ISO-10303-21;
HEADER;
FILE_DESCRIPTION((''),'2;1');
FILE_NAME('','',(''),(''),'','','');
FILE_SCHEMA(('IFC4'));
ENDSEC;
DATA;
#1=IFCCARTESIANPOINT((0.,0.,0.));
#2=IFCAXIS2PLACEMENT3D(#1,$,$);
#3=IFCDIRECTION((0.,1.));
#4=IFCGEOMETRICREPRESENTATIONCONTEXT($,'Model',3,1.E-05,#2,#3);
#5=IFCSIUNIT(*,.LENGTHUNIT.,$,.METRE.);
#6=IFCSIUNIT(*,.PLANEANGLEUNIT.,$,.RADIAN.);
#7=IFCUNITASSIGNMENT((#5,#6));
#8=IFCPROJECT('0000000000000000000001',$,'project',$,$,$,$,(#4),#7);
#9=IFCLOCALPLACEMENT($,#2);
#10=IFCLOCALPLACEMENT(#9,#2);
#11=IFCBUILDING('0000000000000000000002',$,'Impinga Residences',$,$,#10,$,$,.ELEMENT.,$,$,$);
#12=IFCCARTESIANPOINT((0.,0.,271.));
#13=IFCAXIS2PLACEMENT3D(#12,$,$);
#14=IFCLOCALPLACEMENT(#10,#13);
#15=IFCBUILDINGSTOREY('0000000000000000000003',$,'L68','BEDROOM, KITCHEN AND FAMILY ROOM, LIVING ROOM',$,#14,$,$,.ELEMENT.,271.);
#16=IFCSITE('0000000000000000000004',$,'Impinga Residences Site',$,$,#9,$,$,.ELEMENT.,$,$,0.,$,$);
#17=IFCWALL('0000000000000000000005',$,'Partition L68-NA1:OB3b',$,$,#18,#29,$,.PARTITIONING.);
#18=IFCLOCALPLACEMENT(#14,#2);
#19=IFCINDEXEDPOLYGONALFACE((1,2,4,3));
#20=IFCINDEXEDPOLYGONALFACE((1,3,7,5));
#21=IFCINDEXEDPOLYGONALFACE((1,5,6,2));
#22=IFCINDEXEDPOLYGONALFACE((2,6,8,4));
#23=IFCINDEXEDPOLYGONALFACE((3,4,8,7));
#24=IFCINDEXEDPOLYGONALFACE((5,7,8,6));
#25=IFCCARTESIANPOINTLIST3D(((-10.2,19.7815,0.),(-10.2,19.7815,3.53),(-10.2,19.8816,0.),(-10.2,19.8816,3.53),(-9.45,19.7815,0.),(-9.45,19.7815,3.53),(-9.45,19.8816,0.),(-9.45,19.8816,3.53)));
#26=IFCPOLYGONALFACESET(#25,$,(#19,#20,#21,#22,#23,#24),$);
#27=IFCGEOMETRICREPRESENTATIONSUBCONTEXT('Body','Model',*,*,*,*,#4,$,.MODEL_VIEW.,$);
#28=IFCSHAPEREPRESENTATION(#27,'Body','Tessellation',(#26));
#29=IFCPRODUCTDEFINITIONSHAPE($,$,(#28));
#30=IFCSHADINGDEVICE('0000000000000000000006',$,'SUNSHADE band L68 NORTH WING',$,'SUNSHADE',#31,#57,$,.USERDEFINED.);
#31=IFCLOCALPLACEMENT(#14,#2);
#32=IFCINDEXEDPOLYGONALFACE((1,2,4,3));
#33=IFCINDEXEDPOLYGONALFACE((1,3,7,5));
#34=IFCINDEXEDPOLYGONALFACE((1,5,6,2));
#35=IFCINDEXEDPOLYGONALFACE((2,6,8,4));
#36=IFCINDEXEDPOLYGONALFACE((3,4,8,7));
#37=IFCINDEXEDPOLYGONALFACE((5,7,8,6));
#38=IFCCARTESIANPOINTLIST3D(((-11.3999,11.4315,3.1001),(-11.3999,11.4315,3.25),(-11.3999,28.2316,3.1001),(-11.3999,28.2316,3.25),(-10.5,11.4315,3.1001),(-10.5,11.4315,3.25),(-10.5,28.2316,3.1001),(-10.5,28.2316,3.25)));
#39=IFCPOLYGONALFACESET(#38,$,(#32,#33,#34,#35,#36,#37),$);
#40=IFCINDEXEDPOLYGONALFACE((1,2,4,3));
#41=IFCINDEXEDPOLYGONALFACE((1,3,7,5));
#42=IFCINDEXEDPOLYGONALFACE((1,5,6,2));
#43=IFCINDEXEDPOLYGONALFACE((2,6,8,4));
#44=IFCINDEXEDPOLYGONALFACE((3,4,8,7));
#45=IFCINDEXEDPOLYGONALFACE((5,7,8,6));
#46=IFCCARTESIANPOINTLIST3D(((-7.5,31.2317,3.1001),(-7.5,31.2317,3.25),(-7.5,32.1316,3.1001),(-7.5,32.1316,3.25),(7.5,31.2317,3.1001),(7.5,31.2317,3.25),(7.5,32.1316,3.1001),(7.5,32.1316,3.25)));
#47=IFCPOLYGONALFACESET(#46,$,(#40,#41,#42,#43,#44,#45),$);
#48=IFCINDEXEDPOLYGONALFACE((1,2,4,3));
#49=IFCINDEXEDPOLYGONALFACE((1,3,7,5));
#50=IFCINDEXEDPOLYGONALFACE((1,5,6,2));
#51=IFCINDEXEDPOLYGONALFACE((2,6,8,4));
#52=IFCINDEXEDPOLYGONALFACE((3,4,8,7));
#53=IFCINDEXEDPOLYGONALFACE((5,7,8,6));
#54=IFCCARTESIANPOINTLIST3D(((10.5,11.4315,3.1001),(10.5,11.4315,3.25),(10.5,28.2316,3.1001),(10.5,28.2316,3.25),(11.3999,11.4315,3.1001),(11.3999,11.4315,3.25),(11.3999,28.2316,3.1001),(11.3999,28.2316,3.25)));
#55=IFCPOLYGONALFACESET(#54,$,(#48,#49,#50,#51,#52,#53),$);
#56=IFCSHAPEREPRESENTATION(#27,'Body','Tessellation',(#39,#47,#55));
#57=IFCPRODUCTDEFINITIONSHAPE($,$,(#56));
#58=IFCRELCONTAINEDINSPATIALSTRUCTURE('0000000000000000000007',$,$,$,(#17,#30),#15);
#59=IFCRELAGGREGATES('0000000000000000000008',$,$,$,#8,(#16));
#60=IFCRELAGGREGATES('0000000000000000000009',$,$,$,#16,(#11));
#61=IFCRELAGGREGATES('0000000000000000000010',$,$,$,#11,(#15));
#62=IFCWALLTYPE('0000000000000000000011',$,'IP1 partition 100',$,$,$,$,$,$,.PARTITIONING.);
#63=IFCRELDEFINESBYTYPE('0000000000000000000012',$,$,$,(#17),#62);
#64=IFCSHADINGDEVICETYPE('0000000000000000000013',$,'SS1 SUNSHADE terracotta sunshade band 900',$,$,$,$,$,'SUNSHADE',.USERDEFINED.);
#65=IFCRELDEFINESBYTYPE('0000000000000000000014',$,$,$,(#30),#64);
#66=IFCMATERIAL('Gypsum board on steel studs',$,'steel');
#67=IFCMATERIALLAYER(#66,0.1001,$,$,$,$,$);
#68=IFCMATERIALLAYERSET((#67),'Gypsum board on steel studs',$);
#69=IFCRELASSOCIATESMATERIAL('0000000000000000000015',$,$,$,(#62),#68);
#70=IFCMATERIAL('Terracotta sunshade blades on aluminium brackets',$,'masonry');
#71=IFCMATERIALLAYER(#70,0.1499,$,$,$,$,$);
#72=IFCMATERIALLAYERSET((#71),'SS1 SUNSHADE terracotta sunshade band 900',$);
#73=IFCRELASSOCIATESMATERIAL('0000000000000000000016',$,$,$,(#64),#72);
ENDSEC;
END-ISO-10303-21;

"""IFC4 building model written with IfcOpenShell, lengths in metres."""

from ifc_helpers import new_model, si_unit, direction, frame, frame_2d, origin, origin_2d, place, context, subcontext, project, spatial, rectangle, extrude, material, layer, layer_set, type_object, element, save


model = new_model("IFC4")

# Units and contexts
model_context = context("Model", 3, precision=1e-05, world=origin(), true_north=direction((0.0, 1.0)))
body_context = subcontext(model_context, "Body", "Model", "MODEL_VIEW")
ifc_project = project(units=[si_unit("LENGTHUNIT", "METRE"), si_unit("PLANEANGLEUNIT", "RADIAN")], contexts=[model_context])

# Site, building, storey
site_placement = place(None, origin())
site = spatial("IfcSite", under=ifc_project, at=site_placement, Name="Impinga Residences Site", CompositionType="ELEMENT", RefElevation=0.0)
building_placement = place(site_placement, origin())
building = spatial("IfcBuilding", under=site, at=building_placement, Name="Impinga Residences", CompositionType="ELEMENT")
storey_placement = place(building_placement, frame((0.0, 0.0, 271.0)))
storey = spatial("IfcBuildingStorey", under=building, at=storey_placement, Name="L68", Description="BEDROOM, KITCHEN AND FAMILY ROOM, LIVING ROOM", CompositionType="ELEMENT", Elevation=271.0)

# Wall
ifc_material_1 = material(Name="Gypsum board on steel studs", Category="steel")
ifc_layer_1 = layer(ifc_material_1, 0.1001)
ifc_layer_set_1 = layer_set([ifc_layer_1], Name="Gypsum board on steel studs")
wall_type_1 = type_object("IfcWallType", Name="IP1 partition 100", PredefinedType="PARTITIONING", material=ifc_layer_set_1)
wall_1_placement = place(storey_placement, frame((-9.45, 19.8315, 0.0), z_axis=(0.0, 0.0, 1.0), x_axis=(-1.0, 0.0, 0.0)))
element("IfcWall", 1, at=wall_1_placement, inside=storey, type_object=wall_type_1, Name="Partition L68-NA1:OB3b", PredefinedType="PARTITIONING", context=body_context, shape_type="SweptSolid", body=[
    extrude(rectangle(XDim=0.75, YDim=0.1001, at=frame_2d((0.375, 0.0))), origin(), (0.0, 0.0, 1.0), 3.53),
])

# Shading device
ifc_material_2 = material(Name="Terracotta sunshade blades on aluminium brackets", Category="masonry")
ifc_layer_2 = layer(ifc_material_2, 0.1499)
ifc_layer_set_2 = layer_set([ifc_layer_2], Name="SS1 SUNSHADE terracotta sunshade band 900")
shading_device_type = type_object("IfcShadingDeviceType", Name="SS1 SUNSHADE terracotta sunshade band 900", ElementType="SUNSHADE", PredefinedType="USERDEFINED", material=ifc_layer_set_2)
shading_device_placement = place(storey_placement, frame((-10.95, 19.8315, 3.1001), z_axis=(0.0, 0.0, 1.0), x_axis=(0.0, 1.0, 0.0)))
element("IfcShadingDevice", 2, at=shading_device_placement, inside=storey, type_object=shading_device_type, Name="SUNSHADE band L68 NORTH WING", ObjectType="SUNSHADE", PredefinedType="USERDEFINED", context=body_context, shape_type="SweptSolid", body=[
    extrude(rectangle(XDim=16.8, YDim=0.8999, at=origin_2d()), origin(), (0.0, 0.0, 1.0), 0.1499),
    extrude(rectangle(XDim=15.0, YDim=0.8999, at=origin_2d()), frame((11.8501, -10.95, 0.0), z_axis=(0.0, 0.0, 1.0), x_axis=(0.0, -1.0, 0.0)), (0.0, 0.0, 1.0), 0.1499),
    extrude(rectangle(XDim=16.8, YDim=0.8999, at=origin_2d()), frame((0.0, -21.8999, 0.0), z_axis=(0.0, 0.0, 1.0), x_axis=(-1.0, 0.0, 0.0)), (0.0, 0.0, 1.0), 0.1499),
])

save(model, "model.ifc")
